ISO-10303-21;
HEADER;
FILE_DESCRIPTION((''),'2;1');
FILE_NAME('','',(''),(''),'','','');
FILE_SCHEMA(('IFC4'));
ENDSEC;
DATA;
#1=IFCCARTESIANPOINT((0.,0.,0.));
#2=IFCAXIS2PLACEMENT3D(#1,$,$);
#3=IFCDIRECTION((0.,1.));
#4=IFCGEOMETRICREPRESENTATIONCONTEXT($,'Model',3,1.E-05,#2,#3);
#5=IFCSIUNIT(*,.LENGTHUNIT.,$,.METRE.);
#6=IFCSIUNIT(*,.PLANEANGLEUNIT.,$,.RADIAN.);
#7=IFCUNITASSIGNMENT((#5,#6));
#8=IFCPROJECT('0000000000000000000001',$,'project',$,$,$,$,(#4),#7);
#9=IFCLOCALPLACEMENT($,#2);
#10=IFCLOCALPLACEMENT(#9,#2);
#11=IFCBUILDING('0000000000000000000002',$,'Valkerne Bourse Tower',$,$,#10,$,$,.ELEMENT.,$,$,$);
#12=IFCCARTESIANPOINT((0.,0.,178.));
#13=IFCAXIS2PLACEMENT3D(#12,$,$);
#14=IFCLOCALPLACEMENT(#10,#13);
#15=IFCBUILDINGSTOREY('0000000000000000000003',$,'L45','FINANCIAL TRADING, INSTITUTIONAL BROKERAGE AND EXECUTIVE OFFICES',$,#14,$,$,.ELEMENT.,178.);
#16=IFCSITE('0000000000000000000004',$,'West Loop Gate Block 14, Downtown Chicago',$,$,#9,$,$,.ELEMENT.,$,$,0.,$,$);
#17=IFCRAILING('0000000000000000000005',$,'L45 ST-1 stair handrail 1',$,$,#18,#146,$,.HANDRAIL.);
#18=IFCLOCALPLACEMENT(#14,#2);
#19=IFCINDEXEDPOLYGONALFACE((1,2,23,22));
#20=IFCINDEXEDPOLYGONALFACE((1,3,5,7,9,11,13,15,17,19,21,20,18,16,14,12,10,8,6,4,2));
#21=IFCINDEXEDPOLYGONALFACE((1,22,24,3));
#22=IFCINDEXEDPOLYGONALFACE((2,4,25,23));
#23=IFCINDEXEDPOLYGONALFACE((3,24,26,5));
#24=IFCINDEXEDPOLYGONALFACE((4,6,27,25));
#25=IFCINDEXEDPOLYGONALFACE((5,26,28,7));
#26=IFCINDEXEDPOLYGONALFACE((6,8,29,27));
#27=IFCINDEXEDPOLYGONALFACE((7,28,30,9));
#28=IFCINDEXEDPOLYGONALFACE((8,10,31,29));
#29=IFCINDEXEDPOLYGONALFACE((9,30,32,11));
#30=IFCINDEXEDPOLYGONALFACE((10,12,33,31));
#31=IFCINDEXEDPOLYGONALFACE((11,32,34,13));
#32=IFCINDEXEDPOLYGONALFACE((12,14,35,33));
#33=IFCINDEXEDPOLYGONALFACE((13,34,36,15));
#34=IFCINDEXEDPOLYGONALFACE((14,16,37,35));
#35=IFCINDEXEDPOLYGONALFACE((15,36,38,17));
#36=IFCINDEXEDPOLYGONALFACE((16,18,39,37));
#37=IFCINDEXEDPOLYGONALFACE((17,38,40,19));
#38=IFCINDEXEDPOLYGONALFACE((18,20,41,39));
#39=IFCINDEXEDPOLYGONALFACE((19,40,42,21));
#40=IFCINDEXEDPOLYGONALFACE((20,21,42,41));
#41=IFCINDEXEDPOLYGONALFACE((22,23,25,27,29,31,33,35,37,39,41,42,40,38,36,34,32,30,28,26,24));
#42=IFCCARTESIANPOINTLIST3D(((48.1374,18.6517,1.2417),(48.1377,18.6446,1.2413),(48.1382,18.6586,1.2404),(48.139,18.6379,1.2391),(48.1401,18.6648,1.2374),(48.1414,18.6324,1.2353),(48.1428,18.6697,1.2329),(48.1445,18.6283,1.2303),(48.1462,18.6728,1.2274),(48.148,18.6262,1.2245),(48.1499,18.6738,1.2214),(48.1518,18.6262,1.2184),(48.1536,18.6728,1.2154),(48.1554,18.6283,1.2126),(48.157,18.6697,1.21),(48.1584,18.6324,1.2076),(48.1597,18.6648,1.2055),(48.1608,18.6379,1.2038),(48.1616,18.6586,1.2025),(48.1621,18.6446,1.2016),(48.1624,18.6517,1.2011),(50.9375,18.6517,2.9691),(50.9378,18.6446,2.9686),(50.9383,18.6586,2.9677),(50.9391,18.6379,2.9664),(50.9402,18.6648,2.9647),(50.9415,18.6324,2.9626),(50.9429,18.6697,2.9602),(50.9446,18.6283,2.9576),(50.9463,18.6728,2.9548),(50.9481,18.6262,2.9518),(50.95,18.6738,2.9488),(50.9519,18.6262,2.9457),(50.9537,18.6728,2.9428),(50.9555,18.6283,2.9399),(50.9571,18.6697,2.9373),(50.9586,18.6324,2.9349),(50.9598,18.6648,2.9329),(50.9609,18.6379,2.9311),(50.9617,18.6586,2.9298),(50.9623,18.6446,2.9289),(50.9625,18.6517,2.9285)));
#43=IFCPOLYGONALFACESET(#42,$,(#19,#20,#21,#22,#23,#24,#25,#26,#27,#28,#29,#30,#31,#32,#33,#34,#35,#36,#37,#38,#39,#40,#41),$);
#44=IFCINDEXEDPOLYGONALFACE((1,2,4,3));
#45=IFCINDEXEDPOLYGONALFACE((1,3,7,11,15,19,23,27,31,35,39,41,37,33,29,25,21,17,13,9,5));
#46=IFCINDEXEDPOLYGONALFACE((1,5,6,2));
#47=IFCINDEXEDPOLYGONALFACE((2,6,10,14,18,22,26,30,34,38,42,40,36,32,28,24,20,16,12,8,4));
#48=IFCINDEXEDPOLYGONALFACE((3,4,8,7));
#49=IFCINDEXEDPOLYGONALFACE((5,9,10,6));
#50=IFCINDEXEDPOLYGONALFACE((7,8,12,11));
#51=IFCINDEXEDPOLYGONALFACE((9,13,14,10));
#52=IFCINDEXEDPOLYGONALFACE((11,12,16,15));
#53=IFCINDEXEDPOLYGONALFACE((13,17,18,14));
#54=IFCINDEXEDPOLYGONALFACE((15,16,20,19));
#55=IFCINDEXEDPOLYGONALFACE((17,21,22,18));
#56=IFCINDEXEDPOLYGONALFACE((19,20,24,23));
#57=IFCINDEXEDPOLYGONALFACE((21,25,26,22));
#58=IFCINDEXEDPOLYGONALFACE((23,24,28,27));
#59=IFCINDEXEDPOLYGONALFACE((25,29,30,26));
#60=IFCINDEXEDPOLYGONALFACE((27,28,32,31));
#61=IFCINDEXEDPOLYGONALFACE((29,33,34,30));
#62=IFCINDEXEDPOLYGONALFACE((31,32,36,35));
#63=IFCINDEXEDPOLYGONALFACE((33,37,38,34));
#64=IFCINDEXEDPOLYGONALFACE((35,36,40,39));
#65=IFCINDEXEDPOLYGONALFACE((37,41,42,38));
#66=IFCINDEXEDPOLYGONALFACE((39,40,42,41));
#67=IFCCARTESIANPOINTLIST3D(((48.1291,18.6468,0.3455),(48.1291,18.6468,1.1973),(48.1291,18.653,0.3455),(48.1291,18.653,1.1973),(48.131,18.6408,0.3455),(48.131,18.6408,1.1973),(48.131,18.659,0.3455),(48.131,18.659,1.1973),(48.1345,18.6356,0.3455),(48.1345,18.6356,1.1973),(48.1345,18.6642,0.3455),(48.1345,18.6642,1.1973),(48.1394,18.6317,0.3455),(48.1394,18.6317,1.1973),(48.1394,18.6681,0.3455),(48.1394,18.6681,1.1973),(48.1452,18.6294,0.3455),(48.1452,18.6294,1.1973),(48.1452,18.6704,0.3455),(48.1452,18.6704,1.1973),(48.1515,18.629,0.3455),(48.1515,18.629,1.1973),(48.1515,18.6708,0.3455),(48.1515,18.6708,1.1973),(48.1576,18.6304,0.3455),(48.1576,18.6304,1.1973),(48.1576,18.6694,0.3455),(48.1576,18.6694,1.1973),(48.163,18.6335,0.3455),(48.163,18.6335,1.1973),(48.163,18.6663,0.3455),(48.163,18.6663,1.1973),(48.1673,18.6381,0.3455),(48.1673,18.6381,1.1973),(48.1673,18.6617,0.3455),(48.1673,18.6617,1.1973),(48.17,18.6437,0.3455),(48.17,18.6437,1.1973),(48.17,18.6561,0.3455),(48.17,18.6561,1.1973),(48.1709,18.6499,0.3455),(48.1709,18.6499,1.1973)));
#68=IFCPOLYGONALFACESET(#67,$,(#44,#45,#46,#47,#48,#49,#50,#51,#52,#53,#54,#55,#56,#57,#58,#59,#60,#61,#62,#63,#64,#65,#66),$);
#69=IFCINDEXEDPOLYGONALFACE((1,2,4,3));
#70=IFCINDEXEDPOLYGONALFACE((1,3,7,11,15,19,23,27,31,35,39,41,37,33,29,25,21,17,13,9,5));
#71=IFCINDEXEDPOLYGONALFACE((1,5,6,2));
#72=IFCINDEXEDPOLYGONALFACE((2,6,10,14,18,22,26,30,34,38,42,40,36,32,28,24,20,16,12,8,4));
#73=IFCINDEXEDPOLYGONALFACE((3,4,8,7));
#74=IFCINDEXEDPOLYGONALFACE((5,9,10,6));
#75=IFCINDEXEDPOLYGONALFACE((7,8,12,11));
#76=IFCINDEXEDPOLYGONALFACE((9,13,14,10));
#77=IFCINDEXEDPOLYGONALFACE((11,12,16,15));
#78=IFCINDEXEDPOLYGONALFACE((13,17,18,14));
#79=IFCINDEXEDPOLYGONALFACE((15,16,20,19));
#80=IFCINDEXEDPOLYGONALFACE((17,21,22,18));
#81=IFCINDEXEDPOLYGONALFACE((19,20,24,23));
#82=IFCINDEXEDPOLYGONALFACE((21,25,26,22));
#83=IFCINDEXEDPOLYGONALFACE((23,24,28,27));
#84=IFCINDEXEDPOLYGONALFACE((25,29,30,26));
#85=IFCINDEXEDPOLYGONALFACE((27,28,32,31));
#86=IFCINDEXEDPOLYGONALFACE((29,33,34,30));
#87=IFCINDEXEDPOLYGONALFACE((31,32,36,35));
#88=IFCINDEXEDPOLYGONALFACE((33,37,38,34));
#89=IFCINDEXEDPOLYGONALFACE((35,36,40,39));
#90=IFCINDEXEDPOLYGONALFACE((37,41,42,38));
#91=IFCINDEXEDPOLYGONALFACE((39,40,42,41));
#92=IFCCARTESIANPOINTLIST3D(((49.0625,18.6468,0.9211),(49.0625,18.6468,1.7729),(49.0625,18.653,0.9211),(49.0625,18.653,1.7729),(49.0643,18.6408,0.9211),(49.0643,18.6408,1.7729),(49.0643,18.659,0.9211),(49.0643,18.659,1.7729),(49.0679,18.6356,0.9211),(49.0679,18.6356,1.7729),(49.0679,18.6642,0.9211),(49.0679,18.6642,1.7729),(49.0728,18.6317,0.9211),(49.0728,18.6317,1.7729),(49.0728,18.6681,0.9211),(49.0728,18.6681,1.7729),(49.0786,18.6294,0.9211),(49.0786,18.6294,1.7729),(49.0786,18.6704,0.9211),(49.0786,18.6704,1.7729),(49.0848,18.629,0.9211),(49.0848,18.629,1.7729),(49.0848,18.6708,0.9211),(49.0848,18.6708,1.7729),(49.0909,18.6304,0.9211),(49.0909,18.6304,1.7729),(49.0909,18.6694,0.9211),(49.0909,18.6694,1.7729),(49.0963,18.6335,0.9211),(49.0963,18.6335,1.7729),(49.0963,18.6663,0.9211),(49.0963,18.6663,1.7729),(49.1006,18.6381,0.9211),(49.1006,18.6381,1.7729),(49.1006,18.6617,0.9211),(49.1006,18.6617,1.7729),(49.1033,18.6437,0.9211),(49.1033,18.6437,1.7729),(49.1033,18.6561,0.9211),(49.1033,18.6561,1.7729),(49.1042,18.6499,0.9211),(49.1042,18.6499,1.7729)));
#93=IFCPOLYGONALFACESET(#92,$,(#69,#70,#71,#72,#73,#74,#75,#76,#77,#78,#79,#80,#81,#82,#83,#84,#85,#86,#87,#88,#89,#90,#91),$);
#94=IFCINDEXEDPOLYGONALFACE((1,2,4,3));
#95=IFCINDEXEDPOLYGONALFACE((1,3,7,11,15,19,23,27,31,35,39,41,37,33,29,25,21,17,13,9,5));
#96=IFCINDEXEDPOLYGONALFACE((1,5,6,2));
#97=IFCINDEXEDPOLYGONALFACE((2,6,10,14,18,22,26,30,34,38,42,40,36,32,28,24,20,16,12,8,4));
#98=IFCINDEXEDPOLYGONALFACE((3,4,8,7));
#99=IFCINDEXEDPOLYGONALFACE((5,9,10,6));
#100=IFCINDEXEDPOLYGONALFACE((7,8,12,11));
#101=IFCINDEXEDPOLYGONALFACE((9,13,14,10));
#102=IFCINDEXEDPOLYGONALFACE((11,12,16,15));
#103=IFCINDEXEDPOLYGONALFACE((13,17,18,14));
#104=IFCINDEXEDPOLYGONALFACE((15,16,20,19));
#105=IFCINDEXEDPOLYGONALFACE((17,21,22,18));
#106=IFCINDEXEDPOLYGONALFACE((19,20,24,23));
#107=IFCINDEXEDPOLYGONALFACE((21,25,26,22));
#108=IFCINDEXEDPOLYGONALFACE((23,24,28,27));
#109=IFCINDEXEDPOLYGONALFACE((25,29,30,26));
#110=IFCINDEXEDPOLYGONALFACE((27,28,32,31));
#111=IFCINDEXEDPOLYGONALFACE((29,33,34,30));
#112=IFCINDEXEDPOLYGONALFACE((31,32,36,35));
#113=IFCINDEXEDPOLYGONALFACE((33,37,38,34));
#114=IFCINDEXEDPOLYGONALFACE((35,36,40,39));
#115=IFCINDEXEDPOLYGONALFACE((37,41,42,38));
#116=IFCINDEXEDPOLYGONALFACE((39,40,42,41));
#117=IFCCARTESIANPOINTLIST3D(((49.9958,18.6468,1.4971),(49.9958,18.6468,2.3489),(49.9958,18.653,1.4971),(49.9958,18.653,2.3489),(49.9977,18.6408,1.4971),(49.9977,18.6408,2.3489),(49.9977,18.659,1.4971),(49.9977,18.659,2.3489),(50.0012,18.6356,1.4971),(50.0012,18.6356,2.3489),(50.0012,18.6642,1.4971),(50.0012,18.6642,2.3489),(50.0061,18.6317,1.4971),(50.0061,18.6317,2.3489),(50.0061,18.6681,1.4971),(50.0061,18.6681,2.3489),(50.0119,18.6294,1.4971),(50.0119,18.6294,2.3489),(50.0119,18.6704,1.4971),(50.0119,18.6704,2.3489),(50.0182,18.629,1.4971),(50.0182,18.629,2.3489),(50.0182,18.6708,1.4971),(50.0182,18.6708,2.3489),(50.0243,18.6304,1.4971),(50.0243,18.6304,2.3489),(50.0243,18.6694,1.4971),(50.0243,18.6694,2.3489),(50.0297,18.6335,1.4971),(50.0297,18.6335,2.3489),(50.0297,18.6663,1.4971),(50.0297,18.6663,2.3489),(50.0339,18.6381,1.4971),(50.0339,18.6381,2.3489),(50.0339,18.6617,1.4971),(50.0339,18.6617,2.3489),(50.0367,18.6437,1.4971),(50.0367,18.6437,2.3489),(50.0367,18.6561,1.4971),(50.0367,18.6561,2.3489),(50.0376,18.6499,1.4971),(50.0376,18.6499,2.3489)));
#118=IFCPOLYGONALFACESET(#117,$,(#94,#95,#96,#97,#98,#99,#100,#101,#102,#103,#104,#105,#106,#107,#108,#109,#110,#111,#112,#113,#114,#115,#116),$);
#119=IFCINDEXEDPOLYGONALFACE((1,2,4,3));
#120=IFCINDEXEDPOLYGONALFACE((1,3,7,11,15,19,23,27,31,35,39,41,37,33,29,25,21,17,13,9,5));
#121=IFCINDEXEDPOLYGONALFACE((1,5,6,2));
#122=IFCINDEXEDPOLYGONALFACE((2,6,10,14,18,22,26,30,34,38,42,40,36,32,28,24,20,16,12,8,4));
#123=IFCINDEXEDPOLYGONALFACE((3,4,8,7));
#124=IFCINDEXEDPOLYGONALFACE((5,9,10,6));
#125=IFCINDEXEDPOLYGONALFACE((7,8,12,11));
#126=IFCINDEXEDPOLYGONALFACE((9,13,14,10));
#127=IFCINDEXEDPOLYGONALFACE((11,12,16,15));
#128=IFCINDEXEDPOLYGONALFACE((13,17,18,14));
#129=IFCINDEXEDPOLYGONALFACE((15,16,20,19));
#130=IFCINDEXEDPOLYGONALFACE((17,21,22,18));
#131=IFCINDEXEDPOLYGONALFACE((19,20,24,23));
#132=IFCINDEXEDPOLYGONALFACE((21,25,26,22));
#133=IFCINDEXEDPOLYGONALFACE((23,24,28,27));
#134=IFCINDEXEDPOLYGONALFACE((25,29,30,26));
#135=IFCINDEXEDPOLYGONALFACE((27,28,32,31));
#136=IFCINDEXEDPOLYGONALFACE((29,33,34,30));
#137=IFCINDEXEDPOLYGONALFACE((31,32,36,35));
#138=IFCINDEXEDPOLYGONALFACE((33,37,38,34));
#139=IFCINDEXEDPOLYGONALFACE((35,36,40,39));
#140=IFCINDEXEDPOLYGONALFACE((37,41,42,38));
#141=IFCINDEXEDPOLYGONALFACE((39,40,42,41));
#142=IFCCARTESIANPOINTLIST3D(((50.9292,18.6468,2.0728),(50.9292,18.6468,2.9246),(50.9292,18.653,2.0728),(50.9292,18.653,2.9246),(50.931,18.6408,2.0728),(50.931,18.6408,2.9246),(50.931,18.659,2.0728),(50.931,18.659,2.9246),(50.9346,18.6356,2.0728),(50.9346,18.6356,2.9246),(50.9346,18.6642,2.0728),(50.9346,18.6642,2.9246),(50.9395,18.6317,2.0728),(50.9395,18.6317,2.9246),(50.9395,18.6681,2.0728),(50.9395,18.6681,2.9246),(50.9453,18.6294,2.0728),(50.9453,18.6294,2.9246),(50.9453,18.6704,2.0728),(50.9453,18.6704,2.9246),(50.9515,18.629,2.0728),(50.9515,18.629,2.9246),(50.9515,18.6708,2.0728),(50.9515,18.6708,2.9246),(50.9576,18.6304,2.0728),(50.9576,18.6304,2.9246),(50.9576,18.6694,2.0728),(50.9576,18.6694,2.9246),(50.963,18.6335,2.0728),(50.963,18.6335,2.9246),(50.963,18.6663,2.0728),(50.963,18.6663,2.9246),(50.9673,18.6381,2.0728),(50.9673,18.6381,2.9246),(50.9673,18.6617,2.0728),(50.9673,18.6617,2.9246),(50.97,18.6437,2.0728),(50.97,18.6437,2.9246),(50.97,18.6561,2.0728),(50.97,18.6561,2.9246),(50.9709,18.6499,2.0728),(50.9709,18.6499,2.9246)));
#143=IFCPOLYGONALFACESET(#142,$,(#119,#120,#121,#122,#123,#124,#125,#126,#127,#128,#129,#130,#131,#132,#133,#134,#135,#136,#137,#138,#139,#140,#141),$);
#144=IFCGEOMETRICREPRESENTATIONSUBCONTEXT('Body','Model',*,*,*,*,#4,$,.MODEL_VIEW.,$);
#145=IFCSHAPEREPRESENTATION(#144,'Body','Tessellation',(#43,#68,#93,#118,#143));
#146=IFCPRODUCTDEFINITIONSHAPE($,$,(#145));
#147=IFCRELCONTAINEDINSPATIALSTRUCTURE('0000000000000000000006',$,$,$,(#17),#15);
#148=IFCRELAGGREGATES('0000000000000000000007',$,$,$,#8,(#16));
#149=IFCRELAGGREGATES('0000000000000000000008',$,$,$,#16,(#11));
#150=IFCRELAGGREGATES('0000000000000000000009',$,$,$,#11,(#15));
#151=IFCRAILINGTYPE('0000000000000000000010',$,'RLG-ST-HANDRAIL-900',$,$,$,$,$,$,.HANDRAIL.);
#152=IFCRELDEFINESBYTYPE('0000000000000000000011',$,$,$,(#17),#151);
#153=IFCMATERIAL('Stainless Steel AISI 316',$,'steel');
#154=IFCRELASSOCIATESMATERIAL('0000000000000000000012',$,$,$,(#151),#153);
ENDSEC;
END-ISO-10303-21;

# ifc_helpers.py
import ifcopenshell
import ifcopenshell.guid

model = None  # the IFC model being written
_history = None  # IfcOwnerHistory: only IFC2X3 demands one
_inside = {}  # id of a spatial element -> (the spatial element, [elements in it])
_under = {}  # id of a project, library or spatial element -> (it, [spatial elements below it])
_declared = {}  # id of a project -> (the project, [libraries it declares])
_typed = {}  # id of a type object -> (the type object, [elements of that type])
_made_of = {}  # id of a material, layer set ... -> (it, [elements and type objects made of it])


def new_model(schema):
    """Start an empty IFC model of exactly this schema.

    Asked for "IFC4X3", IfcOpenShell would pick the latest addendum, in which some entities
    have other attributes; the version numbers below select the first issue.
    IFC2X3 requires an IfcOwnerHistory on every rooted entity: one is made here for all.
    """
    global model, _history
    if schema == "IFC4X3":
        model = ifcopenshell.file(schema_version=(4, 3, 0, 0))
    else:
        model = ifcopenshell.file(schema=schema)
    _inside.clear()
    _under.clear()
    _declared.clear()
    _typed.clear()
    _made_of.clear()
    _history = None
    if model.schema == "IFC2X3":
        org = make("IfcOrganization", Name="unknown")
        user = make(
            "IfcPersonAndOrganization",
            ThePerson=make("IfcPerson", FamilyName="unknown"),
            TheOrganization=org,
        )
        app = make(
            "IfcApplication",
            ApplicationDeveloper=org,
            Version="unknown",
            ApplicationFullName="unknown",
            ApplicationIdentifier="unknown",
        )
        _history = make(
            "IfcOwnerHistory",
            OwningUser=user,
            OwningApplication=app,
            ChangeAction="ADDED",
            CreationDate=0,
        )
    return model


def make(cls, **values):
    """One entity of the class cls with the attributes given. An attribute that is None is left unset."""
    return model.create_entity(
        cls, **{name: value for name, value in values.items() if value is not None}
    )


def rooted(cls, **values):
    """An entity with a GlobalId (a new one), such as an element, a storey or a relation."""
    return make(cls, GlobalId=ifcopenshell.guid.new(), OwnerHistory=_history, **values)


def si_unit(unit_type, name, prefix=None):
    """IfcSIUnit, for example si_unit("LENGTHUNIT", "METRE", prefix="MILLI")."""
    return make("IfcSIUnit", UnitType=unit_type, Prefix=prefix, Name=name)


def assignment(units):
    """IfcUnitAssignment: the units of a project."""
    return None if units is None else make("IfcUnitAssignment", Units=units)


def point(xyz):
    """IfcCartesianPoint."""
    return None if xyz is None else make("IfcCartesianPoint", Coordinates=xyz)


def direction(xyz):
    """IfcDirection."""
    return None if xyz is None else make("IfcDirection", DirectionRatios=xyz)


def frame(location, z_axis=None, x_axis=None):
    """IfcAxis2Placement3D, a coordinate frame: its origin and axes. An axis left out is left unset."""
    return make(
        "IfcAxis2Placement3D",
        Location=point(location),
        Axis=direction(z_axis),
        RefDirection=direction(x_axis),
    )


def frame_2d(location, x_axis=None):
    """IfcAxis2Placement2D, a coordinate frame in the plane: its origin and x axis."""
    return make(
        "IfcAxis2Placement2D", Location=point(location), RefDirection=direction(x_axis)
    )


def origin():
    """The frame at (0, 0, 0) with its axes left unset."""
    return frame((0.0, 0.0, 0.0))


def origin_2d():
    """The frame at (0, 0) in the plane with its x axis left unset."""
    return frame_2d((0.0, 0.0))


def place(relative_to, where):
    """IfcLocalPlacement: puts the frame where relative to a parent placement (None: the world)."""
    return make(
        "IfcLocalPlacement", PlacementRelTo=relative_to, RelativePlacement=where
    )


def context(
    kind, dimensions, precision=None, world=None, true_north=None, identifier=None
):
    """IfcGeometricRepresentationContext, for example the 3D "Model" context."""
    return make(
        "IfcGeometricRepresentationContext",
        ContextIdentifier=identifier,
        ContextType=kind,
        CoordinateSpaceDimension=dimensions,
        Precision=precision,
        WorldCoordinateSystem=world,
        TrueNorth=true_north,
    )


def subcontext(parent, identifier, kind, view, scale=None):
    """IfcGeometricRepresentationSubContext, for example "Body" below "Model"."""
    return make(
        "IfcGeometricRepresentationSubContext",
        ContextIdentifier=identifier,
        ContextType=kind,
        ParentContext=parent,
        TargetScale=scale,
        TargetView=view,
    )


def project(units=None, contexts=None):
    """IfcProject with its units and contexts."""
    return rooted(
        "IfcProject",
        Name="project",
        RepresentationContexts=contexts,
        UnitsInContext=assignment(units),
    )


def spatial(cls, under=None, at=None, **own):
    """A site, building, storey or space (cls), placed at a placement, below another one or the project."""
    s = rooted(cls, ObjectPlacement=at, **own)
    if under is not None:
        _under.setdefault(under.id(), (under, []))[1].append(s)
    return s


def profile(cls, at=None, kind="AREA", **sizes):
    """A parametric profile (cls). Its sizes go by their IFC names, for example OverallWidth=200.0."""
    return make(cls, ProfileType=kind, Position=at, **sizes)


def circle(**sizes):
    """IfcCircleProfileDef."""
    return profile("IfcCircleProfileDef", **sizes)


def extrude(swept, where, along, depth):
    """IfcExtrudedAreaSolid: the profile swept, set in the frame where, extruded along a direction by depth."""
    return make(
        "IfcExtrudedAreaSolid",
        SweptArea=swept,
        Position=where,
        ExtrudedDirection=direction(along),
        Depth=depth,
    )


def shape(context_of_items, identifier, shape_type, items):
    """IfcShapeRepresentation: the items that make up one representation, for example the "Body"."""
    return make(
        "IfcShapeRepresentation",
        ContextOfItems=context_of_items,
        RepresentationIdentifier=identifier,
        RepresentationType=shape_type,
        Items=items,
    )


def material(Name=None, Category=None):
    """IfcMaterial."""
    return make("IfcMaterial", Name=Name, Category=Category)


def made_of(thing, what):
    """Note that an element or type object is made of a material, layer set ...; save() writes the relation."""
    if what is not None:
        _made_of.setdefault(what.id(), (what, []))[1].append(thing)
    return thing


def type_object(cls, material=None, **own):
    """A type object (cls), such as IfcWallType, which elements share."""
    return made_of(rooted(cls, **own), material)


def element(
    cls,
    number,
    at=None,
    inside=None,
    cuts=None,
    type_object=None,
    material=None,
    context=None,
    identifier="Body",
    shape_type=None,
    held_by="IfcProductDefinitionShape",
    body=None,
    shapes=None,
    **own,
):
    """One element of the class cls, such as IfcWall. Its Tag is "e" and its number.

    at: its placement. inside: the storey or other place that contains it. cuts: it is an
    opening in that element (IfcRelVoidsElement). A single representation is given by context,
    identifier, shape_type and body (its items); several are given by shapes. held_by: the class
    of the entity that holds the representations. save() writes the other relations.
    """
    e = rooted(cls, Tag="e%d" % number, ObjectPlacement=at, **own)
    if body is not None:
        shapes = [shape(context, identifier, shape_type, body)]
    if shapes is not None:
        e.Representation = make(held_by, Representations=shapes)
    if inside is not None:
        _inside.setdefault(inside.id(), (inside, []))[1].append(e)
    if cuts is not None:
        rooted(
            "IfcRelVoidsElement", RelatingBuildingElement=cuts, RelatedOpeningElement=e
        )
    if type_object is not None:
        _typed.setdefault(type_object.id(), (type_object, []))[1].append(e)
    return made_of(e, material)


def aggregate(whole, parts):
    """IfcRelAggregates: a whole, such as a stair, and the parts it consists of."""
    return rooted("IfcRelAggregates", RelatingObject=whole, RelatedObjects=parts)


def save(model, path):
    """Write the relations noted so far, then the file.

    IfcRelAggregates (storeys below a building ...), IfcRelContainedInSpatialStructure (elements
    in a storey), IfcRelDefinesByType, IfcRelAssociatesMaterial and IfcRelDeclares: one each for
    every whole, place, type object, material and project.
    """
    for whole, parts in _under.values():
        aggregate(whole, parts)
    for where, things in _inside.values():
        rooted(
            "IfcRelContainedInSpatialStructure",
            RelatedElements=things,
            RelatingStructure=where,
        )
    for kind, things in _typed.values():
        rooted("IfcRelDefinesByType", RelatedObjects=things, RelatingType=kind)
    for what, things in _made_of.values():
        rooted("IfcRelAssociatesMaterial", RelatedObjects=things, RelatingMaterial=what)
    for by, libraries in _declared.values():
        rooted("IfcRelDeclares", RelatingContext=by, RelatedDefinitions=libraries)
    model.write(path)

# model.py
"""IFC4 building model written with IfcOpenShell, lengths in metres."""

from ifc_helpers import new_model, si_unit, direction, frame, origin, origin_2d, place, context, subcontext, project, spatial, circle, extrude, material, type_object, element, save


model = new_model("IFC4")

# Units and contexts
model_context = context("Model", 3, precision=1e-05, world=origin(), true_north=direction((0.0, 1.0)))
body_context = subcontext(model_context, "Body", "Model", "MODEL_VIEW")
ifc_project = project(units=[si_unit("LENGTHUNIT", "METRE"), si_unit("PLANEANGLEUNIT", "RADIAN")], contexts=[model_context])

# Site, building, storey
site_placement = place(None, origin())
site = spatial("IfcSite", under=ifc_project, at=site_placement, Name="West Loop Gate Block 14, Downtown Chicago", CompositionType="ELEMENT", RefElevation=0.0)
building_placement = place(site_placement, origin())
building = spatial("IfcBuilding", under=site, at=building_placement, Name="Valkerne Bourse Tower", CompositionType="ELEMENT")
storey_placement = place(building_placement, frame((0.0, 0.0, 178.0)))
storey = spatial("IfcBuildingStorey", under=building, at=storey_placement, Name="L45", Description="FINANCIAL TRADING, INSTITUTIONAL BROKERAGE AND EXECUTIVE OFFICES", CompositionType="ELEMENT", Elevation=178.0)

# Shared definitions
ifc_material_1 = material(Name="Stainless Steel AISI 316", Category="steel")

# Railing
railing_type_1 = type_object("IfcRailingType", Name="RLG-ST-HANDRAIL-900", PredefinedType="HANDRAIL", material=ifc_material_1)
railing_1_placement = place(storey_placement, frame((48.1499, 18.6499, 0.3455)))
element("IfcRailing", 1, at=railing_1_placement, inside=storey, type_object=railing_type_1, Name="L45 ST-1 stair handrail 1", PredefinedType="HANDRAIL", context=body_context, shape_type="SweptSolid", body=[
    extrude(circle(Radius=0.0239, at=origin_2d()), frame((0.0, 0.0, 0.876), z_axis=(0.85109, 0.0, 0.52502), x_axis=(0.0, 1.0, 0.0)), (0.0, 0.0, 1.0), 3.29),
    extrude(circle(Radius=0.021, at=origin_2d()), origin(), (0.0, 0.0, 1.0), 0.8518),
    extrude(circle(Radius=0.021, at=origin_2d()), frame((0.9333, 0.0, 0.5757)), (0.0, 0.0, 1.0), 0.8518),
    extrude(circle(Radius=0.021, at=origin_2d()), frame((1.8667, 0.0, 1.1516)), (0.0, 0.0, 1.0), 0.8518),
    extrude(circle(Radius=0.021, at=origin_2d()), frame((2.8, 0.0, 1.7273)), (0.0, 0.0, 1.0), 0.8518),
])

save(model, "model.ifc")
